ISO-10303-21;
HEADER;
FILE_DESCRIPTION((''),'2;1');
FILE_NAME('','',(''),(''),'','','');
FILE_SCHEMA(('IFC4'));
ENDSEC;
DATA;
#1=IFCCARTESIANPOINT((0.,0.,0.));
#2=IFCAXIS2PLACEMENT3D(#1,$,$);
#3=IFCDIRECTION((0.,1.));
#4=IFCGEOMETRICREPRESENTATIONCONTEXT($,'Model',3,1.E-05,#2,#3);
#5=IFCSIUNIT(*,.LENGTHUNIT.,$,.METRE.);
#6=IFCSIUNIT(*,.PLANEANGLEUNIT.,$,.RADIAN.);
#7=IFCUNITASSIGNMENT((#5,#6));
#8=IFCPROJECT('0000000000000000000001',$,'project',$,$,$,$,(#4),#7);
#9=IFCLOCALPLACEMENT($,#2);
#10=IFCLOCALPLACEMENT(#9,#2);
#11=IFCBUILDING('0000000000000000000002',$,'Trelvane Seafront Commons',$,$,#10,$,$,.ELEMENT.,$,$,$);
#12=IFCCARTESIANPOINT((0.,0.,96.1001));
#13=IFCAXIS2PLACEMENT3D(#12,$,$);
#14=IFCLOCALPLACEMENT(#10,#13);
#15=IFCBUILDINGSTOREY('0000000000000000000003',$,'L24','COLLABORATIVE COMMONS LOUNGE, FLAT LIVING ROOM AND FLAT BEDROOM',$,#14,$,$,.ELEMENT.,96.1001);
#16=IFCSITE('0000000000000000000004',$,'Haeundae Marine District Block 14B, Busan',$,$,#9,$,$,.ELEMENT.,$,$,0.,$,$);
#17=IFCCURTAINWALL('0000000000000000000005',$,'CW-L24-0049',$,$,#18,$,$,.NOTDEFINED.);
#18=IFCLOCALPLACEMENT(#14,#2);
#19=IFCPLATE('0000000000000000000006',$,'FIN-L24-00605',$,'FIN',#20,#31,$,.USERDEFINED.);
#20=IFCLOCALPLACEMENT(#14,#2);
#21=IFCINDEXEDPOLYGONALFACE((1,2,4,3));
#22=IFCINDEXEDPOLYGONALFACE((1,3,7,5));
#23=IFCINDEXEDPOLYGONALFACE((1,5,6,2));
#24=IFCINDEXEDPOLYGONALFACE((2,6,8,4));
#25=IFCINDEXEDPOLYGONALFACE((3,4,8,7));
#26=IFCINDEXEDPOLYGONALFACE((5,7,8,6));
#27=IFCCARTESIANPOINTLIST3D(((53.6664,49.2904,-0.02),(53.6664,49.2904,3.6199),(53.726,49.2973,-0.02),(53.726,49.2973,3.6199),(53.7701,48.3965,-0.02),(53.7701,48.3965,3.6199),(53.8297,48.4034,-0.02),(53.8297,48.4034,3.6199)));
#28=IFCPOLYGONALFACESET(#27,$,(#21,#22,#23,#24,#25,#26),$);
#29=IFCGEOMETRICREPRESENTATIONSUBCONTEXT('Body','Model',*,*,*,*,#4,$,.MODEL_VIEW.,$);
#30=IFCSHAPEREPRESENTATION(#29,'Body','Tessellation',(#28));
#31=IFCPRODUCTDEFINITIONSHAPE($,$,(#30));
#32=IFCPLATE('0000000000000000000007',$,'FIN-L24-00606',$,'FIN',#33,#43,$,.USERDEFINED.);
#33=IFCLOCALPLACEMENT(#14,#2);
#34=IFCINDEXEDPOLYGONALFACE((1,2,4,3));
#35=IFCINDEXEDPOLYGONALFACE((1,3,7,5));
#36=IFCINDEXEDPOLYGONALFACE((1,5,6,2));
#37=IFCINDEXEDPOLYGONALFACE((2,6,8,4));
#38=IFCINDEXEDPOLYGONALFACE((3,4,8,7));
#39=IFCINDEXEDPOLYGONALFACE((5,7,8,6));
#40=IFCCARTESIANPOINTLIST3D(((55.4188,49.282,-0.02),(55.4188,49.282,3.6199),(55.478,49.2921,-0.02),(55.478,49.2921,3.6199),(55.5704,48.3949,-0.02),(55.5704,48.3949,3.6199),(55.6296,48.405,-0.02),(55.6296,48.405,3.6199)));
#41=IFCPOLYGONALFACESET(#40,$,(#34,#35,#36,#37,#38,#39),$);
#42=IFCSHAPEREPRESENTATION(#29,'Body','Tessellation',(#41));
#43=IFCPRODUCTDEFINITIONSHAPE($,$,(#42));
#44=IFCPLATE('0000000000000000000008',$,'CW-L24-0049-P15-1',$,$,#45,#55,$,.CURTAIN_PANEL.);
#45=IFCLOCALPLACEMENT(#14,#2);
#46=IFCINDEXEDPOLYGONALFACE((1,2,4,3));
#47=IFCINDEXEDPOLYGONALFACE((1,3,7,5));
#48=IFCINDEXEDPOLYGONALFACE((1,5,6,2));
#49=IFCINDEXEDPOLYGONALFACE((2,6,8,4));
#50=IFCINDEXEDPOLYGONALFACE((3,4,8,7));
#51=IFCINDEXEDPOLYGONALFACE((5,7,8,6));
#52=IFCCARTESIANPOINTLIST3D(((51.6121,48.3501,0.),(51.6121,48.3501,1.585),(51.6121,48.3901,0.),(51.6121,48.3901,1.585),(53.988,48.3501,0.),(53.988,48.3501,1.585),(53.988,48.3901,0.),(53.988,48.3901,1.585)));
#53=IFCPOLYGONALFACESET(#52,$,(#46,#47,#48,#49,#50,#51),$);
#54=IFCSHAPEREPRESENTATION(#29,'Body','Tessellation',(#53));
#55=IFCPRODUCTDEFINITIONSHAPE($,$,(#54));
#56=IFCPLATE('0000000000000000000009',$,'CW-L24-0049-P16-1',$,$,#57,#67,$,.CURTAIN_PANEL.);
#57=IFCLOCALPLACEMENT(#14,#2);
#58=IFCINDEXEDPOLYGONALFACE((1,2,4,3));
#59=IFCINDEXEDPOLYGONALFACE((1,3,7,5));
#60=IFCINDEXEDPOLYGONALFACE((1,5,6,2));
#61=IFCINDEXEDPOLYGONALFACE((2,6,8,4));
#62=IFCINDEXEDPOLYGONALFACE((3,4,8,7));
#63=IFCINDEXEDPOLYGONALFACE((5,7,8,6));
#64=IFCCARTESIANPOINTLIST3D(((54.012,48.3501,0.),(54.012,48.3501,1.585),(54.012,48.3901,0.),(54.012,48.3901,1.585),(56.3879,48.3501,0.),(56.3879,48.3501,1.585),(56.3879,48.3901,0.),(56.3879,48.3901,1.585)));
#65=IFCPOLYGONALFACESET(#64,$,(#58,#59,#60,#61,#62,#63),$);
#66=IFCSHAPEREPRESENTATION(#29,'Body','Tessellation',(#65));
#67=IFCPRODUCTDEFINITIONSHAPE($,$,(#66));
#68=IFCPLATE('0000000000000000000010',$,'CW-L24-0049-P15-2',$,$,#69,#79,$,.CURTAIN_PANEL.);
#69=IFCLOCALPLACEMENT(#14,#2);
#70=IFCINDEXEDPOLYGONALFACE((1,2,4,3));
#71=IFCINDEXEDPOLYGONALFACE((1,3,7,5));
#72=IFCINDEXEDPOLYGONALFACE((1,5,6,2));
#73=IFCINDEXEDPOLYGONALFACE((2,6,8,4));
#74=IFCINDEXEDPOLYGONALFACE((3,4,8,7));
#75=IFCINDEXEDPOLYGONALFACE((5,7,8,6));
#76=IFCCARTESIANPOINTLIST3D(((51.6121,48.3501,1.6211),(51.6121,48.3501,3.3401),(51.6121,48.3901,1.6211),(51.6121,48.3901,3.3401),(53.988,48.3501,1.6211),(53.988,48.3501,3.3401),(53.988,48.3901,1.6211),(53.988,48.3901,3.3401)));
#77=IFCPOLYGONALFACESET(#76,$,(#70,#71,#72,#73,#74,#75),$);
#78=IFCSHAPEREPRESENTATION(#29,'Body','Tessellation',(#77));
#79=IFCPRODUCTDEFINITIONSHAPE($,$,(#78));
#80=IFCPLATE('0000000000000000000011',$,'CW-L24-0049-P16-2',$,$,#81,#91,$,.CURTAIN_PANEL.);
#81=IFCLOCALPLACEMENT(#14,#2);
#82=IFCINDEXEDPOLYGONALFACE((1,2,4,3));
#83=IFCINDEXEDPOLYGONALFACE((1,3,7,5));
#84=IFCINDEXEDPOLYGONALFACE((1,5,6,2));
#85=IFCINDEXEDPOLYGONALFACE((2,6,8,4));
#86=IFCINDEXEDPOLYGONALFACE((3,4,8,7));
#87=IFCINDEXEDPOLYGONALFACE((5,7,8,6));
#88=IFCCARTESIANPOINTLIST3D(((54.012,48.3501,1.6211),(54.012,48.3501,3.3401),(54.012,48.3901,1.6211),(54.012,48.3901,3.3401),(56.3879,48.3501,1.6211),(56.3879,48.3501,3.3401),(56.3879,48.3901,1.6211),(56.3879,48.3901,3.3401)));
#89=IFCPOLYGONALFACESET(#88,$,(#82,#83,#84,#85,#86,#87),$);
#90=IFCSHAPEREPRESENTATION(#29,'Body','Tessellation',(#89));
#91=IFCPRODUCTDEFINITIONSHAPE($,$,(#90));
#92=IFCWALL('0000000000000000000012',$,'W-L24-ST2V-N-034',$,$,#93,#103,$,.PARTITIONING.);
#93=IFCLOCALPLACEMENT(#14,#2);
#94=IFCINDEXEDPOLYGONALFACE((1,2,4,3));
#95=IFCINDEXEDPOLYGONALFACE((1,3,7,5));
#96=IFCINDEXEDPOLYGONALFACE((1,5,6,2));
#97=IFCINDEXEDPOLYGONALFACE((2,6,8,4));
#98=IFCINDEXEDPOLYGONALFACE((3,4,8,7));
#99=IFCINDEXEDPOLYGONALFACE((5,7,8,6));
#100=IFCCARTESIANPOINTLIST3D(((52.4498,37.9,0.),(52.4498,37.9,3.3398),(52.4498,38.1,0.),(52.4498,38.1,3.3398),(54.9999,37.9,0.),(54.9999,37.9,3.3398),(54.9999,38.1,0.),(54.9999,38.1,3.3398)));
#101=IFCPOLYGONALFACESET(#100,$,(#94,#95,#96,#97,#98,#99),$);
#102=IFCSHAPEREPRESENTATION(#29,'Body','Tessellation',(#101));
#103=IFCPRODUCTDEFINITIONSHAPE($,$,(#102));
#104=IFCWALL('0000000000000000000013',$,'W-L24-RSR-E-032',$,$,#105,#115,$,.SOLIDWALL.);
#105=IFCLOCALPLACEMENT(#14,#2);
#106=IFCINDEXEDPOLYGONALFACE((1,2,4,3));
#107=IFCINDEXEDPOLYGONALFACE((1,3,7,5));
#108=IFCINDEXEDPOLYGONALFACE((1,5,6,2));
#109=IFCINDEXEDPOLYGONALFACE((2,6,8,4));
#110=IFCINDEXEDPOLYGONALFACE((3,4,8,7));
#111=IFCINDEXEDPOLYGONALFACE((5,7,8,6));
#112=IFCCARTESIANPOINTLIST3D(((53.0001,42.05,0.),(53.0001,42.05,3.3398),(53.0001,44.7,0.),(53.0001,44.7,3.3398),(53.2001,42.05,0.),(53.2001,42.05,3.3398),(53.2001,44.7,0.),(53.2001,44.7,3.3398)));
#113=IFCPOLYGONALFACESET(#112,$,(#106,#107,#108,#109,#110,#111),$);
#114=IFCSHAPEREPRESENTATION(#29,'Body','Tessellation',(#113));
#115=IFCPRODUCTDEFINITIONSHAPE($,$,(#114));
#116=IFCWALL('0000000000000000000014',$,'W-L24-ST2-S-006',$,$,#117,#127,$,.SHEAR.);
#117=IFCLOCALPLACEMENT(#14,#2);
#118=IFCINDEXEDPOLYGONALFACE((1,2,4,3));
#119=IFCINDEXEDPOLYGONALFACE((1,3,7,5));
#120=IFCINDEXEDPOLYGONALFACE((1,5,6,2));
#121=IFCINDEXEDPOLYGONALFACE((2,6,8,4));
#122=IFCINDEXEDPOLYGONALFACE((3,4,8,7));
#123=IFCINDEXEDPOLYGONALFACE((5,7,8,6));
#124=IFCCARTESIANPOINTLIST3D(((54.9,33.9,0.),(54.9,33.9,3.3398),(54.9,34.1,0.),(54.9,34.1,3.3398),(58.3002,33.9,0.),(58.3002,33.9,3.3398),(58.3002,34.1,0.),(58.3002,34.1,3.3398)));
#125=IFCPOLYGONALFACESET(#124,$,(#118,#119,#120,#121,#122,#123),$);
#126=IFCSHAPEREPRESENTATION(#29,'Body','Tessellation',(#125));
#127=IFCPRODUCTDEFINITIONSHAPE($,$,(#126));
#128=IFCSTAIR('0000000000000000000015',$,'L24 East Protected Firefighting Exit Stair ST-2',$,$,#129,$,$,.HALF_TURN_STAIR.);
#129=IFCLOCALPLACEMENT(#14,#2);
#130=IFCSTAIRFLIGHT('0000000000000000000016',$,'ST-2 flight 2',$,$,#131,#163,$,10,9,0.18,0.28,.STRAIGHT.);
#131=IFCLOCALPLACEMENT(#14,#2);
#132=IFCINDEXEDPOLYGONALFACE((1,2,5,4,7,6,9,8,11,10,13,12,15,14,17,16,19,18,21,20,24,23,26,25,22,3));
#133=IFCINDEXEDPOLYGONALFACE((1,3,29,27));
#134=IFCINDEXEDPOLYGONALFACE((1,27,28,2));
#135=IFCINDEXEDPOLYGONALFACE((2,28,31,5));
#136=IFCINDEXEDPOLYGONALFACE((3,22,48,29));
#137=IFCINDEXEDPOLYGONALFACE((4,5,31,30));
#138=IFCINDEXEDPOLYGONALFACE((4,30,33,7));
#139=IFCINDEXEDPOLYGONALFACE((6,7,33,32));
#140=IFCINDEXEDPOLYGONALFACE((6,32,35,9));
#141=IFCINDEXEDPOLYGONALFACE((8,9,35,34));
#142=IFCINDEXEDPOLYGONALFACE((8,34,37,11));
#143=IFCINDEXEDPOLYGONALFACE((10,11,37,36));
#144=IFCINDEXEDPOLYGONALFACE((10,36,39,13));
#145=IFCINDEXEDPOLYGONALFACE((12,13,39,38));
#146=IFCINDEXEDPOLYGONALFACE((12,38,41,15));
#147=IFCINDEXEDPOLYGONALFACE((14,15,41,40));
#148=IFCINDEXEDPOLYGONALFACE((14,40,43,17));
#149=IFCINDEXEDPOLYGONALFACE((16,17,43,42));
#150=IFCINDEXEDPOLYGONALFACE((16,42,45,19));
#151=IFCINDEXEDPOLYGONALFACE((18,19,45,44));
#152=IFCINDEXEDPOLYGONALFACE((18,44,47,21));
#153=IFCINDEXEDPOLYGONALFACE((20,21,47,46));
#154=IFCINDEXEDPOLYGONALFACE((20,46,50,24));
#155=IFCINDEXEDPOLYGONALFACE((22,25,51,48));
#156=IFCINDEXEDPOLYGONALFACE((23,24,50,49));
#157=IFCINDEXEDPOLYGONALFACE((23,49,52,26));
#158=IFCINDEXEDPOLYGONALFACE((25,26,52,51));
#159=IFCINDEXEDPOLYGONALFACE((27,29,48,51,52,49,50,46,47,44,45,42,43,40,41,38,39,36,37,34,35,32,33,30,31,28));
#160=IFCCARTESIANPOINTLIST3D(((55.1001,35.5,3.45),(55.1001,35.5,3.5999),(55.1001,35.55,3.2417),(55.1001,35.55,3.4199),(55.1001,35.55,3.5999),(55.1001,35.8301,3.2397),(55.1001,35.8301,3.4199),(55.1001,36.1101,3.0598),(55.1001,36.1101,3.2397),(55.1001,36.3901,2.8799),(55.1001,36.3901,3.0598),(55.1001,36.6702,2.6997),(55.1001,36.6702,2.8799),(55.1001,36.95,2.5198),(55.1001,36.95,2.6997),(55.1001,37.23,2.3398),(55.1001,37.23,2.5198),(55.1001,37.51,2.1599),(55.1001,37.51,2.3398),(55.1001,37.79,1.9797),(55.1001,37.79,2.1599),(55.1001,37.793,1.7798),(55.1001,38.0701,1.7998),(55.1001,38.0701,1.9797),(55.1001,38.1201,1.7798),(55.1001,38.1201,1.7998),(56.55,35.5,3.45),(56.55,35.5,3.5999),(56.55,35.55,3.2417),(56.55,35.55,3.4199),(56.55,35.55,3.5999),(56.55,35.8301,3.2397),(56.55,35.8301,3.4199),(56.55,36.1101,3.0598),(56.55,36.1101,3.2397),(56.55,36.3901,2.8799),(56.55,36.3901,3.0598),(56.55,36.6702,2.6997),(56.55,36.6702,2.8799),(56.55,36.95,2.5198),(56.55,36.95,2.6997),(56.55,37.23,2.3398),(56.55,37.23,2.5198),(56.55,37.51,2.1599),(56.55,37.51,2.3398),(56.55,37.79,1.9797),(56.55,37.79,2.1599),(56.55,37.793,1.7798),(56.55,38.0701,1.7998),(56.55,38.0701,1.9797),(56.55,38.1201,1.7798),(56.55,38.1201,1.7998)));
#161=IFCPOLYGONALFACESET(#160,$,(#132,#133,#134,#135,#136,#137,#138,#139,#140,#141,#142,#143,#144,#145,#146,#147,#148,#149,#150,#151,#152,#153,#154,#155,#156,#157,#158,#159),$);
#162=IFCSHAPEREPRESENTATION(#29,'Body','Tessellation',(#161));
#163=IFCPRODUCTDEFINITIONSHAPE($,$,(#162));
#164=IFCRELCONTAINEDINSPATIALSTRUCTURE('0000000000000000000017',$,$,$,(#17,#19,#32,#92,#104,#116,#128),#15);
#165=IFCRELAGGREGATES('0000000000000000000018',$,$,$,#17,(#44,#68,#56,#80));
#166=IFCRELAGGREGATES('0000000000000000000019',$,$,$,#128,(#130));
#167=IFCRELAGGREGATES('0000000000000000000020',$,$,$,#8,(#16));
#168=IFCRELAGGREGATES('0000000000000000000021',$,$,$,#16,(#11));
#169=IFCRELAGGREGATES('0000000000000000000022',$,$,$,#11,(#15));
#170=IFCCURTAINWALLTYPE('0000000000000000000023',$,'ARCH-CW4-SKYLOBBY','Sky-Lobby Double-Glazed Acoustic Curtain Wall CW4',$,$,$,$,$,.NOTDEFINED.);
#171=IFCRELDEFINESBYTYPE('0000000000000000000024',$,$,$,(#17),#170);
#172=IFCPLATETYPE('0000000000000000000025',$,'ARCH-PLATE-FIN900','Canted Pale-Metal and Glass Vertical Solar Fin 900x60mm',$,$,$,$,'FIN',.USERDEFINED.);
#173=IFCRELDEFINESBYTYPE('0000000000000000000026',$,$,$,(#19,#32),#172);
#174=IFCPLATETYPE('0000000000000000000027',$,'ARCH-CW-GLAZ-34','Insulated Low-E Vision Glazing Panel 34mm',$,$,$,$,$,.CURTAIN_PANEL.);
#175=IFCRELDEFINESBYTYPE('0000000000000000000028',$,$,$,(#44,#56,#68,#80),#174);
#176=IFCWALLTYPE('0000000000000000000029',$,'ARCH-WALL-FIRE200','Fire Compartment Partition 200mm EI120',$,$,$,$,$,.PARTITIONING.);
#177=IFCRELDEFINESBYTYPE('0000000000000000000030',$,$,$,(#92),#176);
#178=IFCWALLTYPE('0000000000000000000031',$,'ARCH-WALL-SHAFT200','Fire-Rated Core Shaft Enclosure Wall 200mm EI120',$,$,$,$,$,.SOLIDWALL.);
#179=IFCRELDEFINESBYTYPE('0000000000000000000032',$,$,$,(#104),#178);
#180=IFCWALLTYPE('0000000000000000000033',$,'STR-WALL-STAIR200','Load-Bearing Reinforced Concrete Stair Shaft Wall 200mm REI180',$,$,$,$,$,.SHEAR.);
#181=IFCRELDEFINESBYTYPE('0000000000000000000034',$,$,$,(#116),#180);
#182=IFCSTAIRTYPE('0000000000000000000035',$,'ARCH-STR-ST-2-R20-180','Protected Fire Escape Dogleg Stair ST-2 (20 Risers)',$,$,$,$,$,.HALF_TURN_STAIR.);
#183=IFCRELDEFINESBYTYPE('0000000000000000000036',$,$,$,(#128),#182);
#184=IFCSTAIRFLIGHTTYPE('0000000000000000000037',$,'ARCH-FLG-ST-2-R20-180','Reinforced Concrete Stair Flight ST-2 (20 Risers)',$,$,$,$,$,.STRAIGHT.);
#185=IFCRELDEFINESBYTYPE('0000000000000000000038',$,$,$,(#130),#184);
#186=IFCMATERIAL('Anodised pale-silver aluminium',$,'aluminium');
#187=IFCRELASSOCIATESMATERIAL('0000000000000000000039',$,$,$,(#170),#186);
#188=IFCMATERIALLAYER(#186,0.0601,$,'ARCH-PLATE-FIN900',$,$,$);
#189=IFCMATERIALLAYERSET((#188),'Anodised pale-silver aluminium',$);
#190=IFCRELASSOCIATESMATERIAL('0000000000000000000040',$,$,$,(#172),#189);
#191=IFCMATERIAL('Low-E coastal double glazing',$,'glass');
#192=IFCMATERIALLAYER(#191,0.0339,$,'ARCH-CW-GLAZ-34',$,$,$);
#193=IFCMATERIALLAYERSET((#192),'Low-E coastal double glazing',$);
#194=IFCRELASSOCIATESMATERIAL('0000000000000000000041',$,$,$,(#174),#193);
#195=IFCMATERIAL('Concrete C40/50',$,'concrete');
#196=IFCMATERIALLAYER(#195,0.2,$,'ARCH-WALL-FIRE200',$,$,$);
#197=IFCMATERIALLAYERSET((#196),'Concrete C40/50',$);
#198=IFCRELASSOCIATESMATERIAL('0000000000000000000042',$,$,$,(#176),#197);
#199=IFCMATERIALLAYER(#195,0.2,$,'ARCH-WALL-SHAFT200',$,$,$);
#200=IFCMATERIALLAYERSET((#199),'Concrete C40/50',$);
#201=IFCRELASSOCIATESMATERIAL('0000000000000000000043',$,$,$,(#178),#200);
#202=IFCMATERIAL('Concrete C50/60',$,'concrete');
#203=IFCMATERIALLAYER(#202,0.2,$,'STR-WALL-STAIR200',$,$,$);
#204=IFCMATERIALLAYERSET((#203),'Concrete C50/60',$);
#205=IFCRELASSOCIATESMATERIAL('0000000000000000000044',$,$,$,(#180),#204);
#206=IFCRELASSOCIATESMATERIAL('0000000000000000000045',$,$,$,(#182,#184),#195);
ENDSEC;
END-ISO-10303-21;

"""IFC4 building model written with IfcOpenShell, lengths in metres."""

from ifc_helpers import new_model, si_unit, direction, frame, frame_2d, origin, origin_2d, place, context, subcontext, project, spatial, polyline, rectangle, outline, extrude, source, transform, mapped, material, layer, layer_set, type_object, element, aggregate, save


model = new_model("IFC4")

# Units and contexts
model_context = context("Model", 3, precision=1e-05, world=origin(), true_north=direction((0.0, 1.0)))
body_context = subcontext(model_context, "Body", "Model", "MODEL_VIEW")
ifc_project = project(units=[si_unit("LENGTHUNIT", "METRE"), si_unit("PLANEANGLEUNIT", "RADIAN")], contexts=[model_context])

# Site, building, storey
site_placement = place(None, origin())
site = spatial("IfcSite", under=ifc_project, at=site_placement, Name="Haeundae Marine District Block 14B, Busan", CompositionType="ELEMENT", RefElevation=0.0)
building_placement = place(site_placement, origin())
building = spatial("IfcBuilding", under=site, at=building_placement, Name="Trelvane Seafront Commons", CompositionType="ELEMENT")
storey_placement = place(building_placement, frame((0.0, 0.0, 96.1001)))
storey = spatial("IfcBuildingStorey", under=building, at=storey_placement, Name="L24", Description="COLLABORATIVE COMMONS LOUNGE, FLAT LIVING ROOM AND FLAT BEDROOM", CompositionType="ELEMENT", Elevation=96.1001)

# Curtain wall
ifc_material_1 = material(Name="Anodised pale-silver aluminium", Category="aluminium")
curtain_wall_type = type_object("IfcCurtainWallType", Name="ARCH-CW4-SKYLOBBY", Description="Sky-Lobby Double-Glazed Acoustic Curtain Wall CW4", PredefinedType="NOTDEFINED", material=ifc_material_1)
curtain_wall_placement = place(storey_placement, origin())
curtain_wall = element("IfcCurtainWall", 1, at=curtain_wall_placement, inside=storey, type_object=curtain_wall_type, Name="CW-L24-0049", PredefinedType="NOTDEFINED")

# Plates
ifc_layer_1 = layer(ifc_material_1, 0.0601, Name="ARCH-PLATE-FIN900")
ifc_layer_set_1 = layer_set([ifc_layer_1], Name="Anodised pale-silver aluminium")
plate_type_1 = type_object("IfcPlateType", Name="ARCH-PLATE-FIN900", Description="Canted Pale-Metal and Glass Vertical Solar Fin 900x60mm", ElementType="FIN", PredefinedType="USERDEFINED", material=ifc_layer_set_1)
shared_shape_1 = source(origin(), body_context, "Body", "SweptSolid", [
    extrude(rectangle(XDim=0.8999, YDim=0.0601, at=origin_2d()), origin(), (0.0, 0.0, 1.0), 3.6399),
])
for number, where, z_axis, x_axis, name in (
    (2, (53.748, 48.8469, -0.02), (0.0, 0.0, 1.0), (-0.115223, 0.99334, 0.0), "FIN-L24-00605"),
    (3, (55.5242, 48.8435, -0.02), (0.0, 0.0, 1.0), (-0.168452, 0.98571, 0.0), "FIN-L24-00606"),
):
    element("IfcPlate", number, at=place(storey_placement, frame(where, z_axis=z_axis, x_axis=x_axis)), inside=storey, type_object=plate_type_1, Name=name, ObjectType="FIN", PredefinedType="USERDEFINED", context=body_context, shape_type="MappedRepresentation", body=[
        mapped(shared_shape_1, transform((0.0, 0.0, 0.0), x_axis=(1.0, 0.0, 0.0), y_axis=(0.0, 1.0, 0.0), z_axis=(0.0, 0.0, 1.0), scale=1.0)),
    ])

# Plates
ifc_material_2 = material(Name="Low-E coastal double glazing", Category="glass")
ifc_layer_2 = layer(ifc_material_2, 0.0339, Name="ARCH-CW-GLAZ-34")
ifc_layer_set_2 = layer_set([ifc_layer_2], Name="Low-E coastal double glazing")
plate_type_2 = type_object("IfcPlateType", Name="ARCH-CW-GLAZ-34", Description="Insulated Low-E Vision Glazing Panel 34mm", PredefinedType="CURTAIN_PANEL", material=ifc_layer_set_2)
shared_shape_2 = source(origin(), body_context, "Body", "SweptSolid", [
    extrude(rectangle(XDim=2.376, YDim=0.04, at=origin_2d()), origin(), (0.0, 0.0, 1.0), 1.585),
])
plate_1_placement = place(storey_placement, frame((52.8, 48.3701, 0.0), z_axis=(0.0, 0.0, 1.0), x_axis=(1.0, 0.0, 0.0)))
plate_1 = element("IfcPlate", 4, at=plate_1_placement, type_object=plate_type_2, Name="CW-L24-0049-P15-1", PredefinedType="CURTAIN_PANEL", context=body_context, shape_type="MappedRepresentation", body=[
    mapped(shared_shape_2, transform((0.0, 0.0, 0.0), x_axis=(1.0, 0.0, 0.0), y_axis=(0.0, 1.0, 0.0), z_axis=(0.0, 0.0, 1.0), scale=1.0)),
])
plate_2_placement = place(storey_placement, frame((55.2, 48.3701, 0.0), z_axis=(0.0, 0.0, 1.0), x_axis=(1.0, 0.0, 0.0)))
plate_2 = element("IfcPlate", 5, at=plate_2_placement, type_object=plate_type_2, Name="CW-L24-0049-P16-1", PredefinedType="CURTAIN_PANEL", context=body_context, shape_type="MappedRepresentation", body=[
    mapped(shared_shape_2, transform((0.0, 0.0, 0.0), x_axis=(1.0, 0.0, 0.0), y_axis=(0.0, 1.0, 0.0), z_axis=(0.0, 0.0, 1.0), scale=1.0)),
])
shared_shape_3 = source(origin(), body_context, "Body", "SweptSolid", [
    extrude(rectangle(XDim=2.376, YDim=0.04, at=origin_2d()), origin(), (0.0, 0.0, 1.0), 1.719),
])
plate_3_placement = place(storey_placement, frame((52.8, 48.3701, 1.6211), z_axis=(0.0, 0.0, 1.0), x_axis=(1.0, 0.0, 0.0)))
plate_3 = element("IfcPlate", 6, at=plate_3_placement, type_object=plate_type_2, Name="CW-L24-0049-P15-2", PredefinedType="CURTAIN_PANEL", context=body_context, shape_type="MappedRepresentation", body=[
    mapped(shared_shape_3, transform((0.0, 0.0, 0.0), x_axis=(1.0, 0.0, 0.0), y_axis=(0.0, 1.0, 0.0), z_axis=(0.0, 0.0, 1.0), scale=1.0)),
])
plate_4_placement = place(storey_placement, frame((55.2, 48.3701, 1.6211), z_axis=(0.0, 0.0, 1.0), x_axis=(1.0, 0.0, 0.0)))
plate_4 = element("IfcPlate", 7, at=plate_4_placement, type_object=plate_type_2, Name="CW-L24-0049-P16-2", PredefinedType="CURTAIN_PANEL", context=body_context, shape_type="MappedRepresentation", body=[
    mapped(shared_shape_3, transform((0.0, 0.0, 0.0), x_axis=(1.0, 0.0, 0.0), y_axis=(0.0, 1.0, 0.0), z_axis=(0.0, 0.0, 1.0), scale=1.0)),
])
aggregate(curtain_wall, [plate_1, plate_3, plate_2, plate_4])

# Walls
ifc_material_3 = material(Name="Concrete C40/50", Category="concrete")
ifc_layer_3 = layer(ifc_material_3, 0.2, Name="ARCH-WALL-FIRE200")
ifc_layer_set_3 = layer_set([ifc_layer_3], Name="Concrete C40/50")
wall_type_1 = type_object("IfcWallType", Name="ARCH-WALL-FIRE200", Description="Fire Compartment Partition 200mm EI120", PredefinedType="PARTITIONING", material=ifc_layer_set_3)
wall_1_placement = place(storey_placement, frame((52.45, 38.0, 0.0), z_axis=(0.0, 0.0, 1.0), x_axis=(1.0, 0.0, 0.0)))
element("IfcWall", 8, at=wall_1_placement, inside=storey, type_object=wall_type_1, Name="W-L24-ST2V-N-034", PredefinedType="PARTITIONING", context=body_context, shape_type="SweptSolid", body=[
    extrude(rectangle(XDim=2.55, YDim=0.2, at=frame_2d((1.2749, 0.0))), origin(), (0.0, 0.0, 1.0), 3.3398),
])
ifc_layer_4 = layer(ifc_material_3, 0.2, Name="ARCH-WALL-SHAFT200")
ifc_layer_set_4 = layer_set([ifc_layer_4], Name="Concrete C40/50")
wall_type_2 = type_object("IfcWallType", Name="ARCH-WALL-SHAFT200", Description="Fire-Rated Core Shaft Enclosure Wall 200mm EI120", PredefinedType="SOLIDWALL", material=ifc_layer_set_4)
wall_2_placement = place(storey_placement, frame((53.1001, 42.05, 0.0), z_axis=(0.0, 0.0, 1.0), x_axis=(0.0, 1.0, 0.0)))
element("IfcWall", 9, at=wall_2_placement, inside=storey, type_object=wall_type_2, Name="W-L24-RSR-E-032", PredefinedType="SOLIDWALL", context=body_context, shape_type="SweptSolid", body=[
    extrude(rectangle(XDim=2.6499, YDim=0.2, at=frame_2d((1.325, 0.0))), origin(), (0.0, 0.0, 1.0), 3.3398),
])
ifc_material_4 = material(Name="Concrete C50/60", Category="concrete")
ifc_layer_5 = layer(ifc_material_4, 0.2, Name="STR-WALL-STAIR200")
ifc_layer_set_5 = layer_set([ifc_layer_5], Name="Concrete C50/60")
wall_type_3 = type_object("IfcWallType", Name="STR-WALL-STAIR200", Description="Load-Bearing Reinforced Concrete Stair Shaft Wall 200mm REI180", PredefinedType="SHEAR", material=ifc_layer_set_5)
wall_3_placement = place(storey_placement, frame((54.8999, 34.0, 0.0), z_axis=(0.0, 0.0, 1.0), x_axis=(1.0, 0.0, 0.0)))
element("IfcWall", 10, at=wall_3_placement, inside=storey, type_object=wall_type_3, Name="W-L24-ST2-S-006", PredefinedType="SHEAR", context=body_context, shape_type="SweptSolid", body=[
    extrude(rectangle(XDim=3.4001, YDim=0.2, at=frame_2d((1.7002, 0.0))), origin(), (0.0, 0.0, 1.0), 3.3398),
])

# Stair, stair flight
stair_type = type_object("IfcStairType", Name="ARCH-STR-ST-2-R20-180", Description="Protected Fire Escape Dogleg Stair ST-2 (20 Risers)", PredefinedType="HALF_TURN_STAIR", material=ifc_material_3)
stair_placement = place(storey_placement, origin())
stair = element("IfcStair", 11, at=stair_placement, inside=storey, type_object=stair_type, Name="L24 East Protected Firefighting Exit Stair ST-2", PredefinedType="HALF_TURN_STAIR")
stair_flight_type = type_object("IfcStairFlightType", Name="ARCH-FLG-ST-2-R20-180", Description="Reinforced Concrete Stair Flight ST-2 (20 Risers)", PredefinedType="STRAIGHT", material=ifc_material_3)
shared_shape_4 = source(origin(), body_context, "Body", "SweptSolid", [
    extrude(outline(polyline([(-0.05, -0.02), (-0.05, 0.0), (0.0, 0.0), (0.0, 0.1799), (0.28, 0.1799), (0.28, 0.3601), (0.5601, 0.3601), (0.5601, 0.54), (0.8401, 0.54), (0.8401, 0.72), (1.1201, 0.72), (1.1201, 0.8999), (1.3999, 0.8999), (1.3999, 1.0801), (1.6799, 1.0801), (1.6799, 1.26), (1.96, 1.26), (1.96, 1.4399), (2.24, 1.4399), (2.24, 1.6201), (2.52, 1.6201), (2.52, 1.8), (2.5701, 1.8), (2.5701, 1.6501), (2.52, 1.4419), (0.2771, -0.02), (-0.05, -0.02)])), frame((0.0, 0.7251, 0.0), z_axis=(0.0, -1.0, 0.0), x_axis=(1.0, 0.0, 0.0)), (0.0, 0.0, 1.0), 1.45),
])
stair_flight_placement = place(storey_placement, frame((55.825, 38.0701, 1.7998), z_axis=(0.0, 0.0, 1.0), x_axis=(0.0, -1.0, 0.0)))
stair_flight = element("IfcStairFlight", 12, at=stair_flight_placement, type_object=stair_flight_type, Name="ST-2 flight 2", NumberOfRisers=10, NumberOfTreads=9, PredefinedType="STRAIGHT", RiserHeight=0.18, TreadLength=0.28, context=body_context, shape_type="MappedRepresentation", body=[
    mapped(shared_shape_4, transform((0.0, 0.0, 0.0), x_axis=(1.0, 0.0, 0.0), y_axis=(0.0, 1.0, 0.0), z_axis=(0.0, 0.0, 1.0), scale=1.0)),
])
aggregate(stair, [stair_flight])

save(model, "model.ifc")
